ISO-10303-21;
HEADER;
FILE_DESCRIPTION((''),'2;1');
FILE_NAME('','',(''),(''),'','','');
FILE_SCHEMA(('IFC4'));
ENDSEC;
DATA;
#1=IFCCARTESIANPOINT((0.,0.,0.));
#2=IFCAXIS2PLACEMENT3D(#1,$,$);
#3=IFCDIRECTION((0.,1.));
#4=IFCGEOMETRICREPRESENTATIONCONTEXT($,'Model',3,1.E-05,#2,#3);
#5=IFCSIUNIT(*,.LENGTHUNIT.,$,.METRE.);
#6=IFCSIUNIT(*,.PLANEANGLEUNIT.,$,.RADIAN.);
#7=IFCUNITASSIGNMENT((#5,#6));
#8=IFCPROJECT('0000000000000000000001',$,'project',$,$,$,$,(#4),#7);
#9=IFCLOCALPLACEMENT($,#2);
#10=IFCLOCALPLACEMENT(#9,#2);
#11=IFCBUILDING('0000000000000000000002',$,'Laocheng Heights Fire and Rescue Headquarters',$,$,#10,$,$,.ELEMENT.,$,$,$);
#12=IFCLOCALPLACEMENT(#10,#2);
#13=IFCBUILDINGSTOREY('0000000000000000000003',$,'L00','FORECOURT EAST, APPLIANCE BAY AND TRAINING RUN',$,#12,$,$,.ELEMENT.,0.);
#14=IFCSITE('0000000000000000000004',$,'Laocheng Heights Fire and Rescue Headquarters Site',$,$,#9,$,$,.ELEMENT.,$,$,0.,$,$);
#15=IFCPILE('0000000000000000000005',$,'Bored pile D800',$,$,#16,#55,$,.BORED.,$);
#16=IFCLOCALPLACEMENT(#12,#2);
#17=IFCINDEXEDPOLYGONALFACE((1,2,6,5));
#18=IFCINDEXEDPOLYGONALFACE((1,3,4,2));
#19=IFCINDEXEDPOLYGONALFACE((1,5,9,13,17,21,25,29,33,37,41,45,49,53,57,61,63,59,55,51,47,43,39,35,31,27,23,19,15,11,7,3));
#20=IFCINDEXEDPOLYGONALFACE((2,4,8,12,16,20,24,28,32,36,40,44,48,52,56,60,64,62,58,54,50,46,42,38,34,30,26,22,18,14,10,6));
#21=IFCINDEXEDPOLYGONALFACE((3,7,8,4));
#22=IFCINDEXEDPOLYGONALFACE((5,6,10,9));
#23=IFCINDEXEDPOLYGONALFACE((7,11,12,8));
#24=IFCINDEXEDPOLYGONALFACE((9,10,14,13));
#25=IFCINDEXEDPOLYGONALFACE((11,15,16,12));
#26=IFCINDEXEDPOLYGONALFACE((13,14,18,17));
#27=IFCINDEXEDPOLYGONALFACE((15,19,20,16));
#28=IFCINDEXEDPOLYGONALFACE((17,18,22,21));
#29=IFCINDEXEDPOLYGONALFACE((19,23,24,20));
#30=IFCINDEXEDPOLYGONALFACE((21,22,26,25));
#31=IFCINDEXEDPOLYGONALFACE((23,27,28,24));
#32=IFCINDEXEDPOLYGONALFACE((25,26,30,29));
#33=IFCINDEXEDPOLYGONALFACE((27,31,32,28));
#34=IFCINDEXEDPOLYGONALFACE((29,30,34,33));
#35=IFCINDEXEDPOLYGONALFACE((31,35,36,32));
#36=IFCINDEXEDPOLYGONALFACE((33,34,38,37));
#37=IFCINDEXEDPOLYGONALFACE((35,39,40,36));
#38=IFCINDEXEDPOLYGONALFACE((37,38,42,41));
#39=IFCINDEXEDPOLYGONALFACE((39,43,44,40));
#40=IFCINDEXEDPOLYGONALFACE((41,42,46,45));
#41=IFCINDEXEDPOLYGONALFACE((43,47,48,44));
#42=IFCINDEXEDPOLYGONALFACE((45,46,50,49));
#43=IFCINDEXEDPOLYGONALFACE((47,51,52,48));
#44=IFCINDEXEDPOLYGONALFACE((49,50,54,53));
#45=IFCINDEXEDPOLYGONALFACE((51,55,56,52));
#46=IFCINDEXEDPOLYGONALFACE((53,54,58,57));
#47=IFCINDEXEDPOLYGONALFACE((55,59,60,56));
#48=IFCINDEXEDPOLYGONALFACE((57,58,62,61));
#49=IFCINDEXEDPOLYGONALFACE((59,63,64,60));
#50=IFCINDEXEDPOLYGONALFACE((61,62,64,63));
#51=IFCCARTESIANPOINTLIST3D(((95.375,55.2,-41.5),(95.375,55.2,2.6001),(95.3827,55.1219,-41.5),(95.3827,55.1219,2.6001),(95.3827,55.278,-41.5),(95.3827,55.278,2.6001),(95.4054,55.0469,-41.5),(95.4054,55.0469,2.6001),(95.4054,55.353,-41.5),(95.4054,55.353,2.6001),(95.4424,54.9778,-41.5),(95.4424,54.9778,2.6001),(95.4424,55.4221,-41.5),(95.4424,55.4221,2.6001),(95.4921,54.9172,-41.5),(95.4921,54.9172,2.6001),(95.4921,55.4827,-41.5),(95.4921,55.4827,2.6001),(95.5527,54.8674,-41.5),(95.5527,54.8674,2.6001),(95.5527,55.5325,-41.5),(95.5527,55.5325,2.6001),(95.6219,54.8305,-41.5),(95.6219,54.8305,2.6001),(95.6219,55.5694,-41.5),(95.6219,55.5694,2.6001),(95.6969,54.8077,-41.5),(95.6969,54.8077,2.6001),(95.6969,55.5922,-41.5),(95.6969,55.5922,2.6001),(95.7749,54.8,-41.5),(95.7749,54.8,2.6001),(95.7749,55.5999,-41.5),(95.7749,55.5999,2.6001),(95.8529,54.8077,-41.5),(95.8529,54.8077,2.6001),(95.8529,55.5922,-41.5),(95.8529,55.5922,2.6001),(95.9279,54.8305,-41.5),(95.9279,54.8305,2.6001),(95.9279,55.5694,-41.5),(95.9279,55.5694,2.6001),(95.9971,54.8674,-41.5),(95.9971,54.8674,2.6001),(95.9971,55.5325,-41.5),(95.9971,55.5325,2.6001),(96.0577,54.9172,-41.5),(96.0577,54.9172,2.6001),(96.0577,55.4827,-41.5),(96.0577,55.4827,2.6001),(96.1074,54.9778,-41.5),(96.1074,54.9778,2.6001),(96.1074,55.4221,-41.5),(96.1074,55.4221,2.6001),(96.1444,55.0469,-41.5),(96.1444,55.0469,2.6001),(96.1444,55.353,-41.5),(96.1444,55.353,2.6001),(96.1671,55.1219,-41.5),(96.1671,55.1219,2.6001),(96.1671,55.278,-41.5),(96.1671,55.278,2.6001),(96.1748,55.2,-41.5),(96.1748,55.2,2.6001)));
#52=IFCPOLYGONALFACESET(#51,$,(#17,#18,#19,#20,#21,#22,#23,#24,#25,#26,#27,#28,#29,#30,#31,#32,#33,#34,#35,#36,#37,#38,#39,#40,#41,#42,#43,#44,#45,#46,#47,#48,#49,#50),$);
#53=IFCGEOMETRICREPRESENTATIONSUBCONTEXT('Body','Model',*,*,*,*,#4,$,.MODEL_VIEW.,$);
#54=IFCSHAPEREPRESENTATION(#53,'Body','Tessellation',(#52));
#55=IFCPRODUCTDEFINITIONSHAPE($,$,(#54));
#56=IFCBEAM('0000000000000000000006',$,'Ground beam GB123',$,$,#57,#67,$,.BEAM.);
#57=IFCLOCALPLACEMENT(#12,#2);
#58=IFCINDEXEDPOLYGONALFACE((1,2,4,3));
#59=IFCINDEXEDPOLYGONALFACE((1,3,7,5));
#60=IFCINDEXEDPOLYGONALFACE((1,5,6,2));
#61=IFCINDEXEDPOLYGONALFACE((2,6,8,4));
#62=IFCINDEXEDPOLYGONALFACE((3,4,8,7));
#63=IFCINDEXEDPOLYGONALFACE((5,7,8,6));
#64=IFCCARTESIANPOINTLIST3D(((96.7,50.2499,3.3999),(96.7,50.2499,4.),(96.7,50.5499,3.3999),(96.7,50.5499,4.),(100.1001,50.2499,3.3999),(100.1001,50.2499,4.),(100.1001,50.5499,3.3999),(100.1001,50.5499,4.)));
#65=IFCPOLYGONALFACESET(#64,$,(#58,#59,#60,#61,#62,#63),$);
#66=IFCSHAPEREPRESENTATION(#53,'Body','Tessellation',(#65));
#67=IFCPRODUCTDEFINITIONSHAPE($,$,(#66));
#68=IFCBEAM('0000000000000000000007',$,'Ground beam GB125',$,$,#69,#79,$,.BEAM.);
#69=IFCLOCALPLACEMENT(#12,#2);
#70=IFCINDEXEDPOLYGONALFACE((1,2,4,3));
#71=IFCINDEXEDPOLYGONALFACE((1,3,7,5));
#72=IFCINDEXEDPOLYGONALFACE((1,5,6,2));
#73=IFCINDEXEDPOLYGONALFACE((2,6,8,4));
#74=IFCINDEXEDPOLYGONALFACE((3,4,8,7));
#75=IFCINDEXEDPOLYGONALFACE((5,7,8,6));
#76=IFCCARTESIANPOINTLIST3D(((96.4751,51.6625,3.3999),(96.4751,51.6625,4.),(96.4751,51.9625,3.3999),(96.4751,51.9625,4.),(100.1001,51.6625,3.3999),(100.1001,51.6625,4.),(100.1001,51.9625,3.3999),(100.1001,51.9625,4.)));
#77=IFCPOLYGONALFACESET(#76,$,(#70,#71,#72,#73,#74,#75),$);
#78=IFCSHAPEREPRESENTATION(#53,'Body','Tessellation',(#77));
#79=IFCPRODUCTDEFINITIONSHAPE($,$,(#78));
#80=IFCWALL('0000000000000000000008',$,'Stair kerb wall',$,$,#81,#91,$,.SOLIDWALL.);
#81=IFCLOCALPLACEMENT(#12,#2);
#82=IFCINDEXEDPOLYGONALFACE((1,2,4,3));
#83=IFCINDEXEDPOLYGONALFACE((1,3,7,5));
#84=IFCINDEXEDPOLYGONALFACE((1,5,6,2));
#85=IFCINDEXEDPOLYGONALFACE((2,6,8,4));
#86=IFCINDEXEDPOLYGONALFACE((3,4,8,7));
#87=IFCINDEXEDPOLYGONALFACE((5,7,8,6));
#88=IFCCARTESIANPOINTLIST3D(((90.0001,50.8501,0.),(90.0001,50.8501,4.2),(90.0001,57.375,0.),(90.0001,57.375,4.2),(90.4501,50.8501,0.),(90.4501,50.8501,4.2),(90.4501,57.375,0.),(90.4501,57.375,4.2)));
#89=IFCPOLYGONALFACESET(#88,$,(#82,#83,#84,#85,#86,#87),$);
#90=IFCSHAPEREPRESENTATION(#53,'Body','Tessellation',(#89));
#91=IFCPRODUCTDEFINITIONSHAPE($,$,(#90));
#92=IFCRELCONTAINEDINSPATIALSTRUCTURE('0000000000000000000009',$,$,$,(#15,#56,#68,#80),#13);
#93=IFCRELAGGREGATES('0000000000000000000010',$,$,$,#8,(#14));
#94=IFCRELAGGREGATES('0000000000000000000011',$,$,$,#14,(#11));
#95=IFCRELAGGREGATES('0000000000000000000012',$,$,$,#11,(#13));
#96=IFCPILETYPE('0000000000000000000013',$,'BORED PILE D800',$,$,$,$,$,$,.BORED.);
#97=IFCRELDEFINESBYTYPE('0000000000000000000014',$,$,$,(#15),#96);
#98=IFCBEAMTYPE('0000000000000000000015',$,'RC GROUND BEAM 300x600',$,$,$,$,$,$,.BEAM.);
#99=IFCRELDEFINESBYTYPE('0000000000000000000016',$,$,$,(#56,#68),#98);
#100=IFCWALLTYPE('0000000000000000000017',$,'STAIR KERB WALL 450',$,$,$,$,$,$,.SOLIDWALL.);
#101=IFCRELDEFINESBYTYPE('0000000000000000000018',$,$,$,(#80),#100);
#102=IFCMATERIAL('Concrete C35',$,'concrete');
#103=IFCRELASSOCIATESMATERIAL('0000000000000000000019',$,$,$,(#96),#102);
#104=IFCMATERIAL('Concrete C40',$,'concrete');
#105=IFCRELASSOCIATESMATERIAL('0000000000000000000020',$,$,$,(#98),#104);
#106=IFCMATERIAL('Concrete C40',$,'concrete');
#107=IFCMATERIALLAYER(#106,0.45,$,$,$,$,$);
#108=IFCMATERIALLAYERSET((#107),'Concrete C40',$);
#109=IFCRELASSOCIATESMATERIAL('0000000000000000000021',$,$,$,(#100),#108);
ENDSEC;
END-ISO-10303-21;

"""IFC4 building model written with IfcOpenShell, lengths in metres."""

from ifc_helpers import new_model, si_unit, direction, frame, frame_2d, origin, origin_2d, place, context, subcontext, project, spatial, rectangle, circle, extrude, material, layer, layer_set, material_profile, profile_set, type_object, element, save


model = new_model("IFC4")

# Units and contexts
model_context = context("Model", 3, precision=1e-05, world=origin(), true_north=direction((0.0, 1.0)))
body_context = subcontext(model_context, "Body", "Model", "MODEL_VIEW")
ifc_project = project(units=[si_unit("LENGTHUNIT", "METRE"), si_unit("PLANEANGLEUNIT", "RADIAN")], contexts=[model_context])

# Site, building, storey
site_placement = place(None, origin())
site = spatial("IfcSite", under=ifc_project, at=site_placement, Name="Laocheng Heights Fire and Rescue Headquarters Site", CompositionType="ELEMENT", RefElevation=0.0)
building_placement = place(site_placement, origin())
building = spatial("IfcBuilding", under=site, at=building_placement, Name="Laocheng Heights Fire and Rescue Headquarters", CompositionType="ELEMENT")
storey_placement = place(building_placement, origin())
storey = spatial("IfcBuildingStorey", under=building, at=storey_placement, Name="L00", Description="FORECOURT EAST, APPLIANCE BAY AND TRAINING RUN", CompositionType="ELEMENT", Elevation=0.0)

# Pile
ifc_material_1 = material(Name="Concrete C35", Category="concrete")
ifc_material_profile_1 = material_profile(ifc_material_1, circle(Radius=0.3999, at=origin_2d()), Name="BORED PILE D800")
ifc_profile_set_1 = profile_set([ifc_material_profile_1], Name="Concrete C35")
pile_type_1 = type_object("IfcPileType", Name="BORED PILE D800", PredefinedType="BORED", material=ifc_profile_set_1)
for number, where, z_axis, x_axis, name in (
    (1, (95.7749, 55.2, 2.6001), (0.0, 0.0, -1.0), (1.0, 0.0, 0.0), "Bored pile D800"),
):
    element("IfcPile", number, at=place(storey_placement, frame(where, z_axis=z_axis, x_axis=x_axis)), inside=storey, type_object=pile_type_1, Name=name, PredefinedType="BORED", context=body_context, shape_type="SweptSolid", body=[
        extrude(circle(Radius=0.3999, at=origin_2d()), origin(), (0.0, 0.0, 1.0), 44.1001),
    ])

# Beams
ifc_material_2 = material(Name="Concrete C40", Category="concrete")
ifc_material_profile_2 = material_profile(ifc_material_2, rectangle(XDim=0.3, YDim=0.6001, at=origin_2d()), Name="RC GROUND BEAM 300x600")
ifc_profile_set_2 = profile_set([ifc_material_profile_2], Name="Concrete C40")
beam_type = type_object("IfcBeamType", Name="RC GROUND BEAM 300x600", PredefinedType="BEAM", material=ifc_profile_set_2)
beam_1_placement = place(storey_placement, frame((96.7, 50.3999, 3.7), z_axis=(1.0, 0.0, 0.0), x_axis=(0.0, 1.0, 0.0)))
element("IfcBeam", 2, at=beam_1_placement, inside=storey, type_object=beam_type, Name="Ground beam GB123", PredefinedType="BEAM", context=body_context, shape_type="SweptSolid", body=[
    extrude(rectangle(XDim=0.3, YDim=0.6001, at=origin_2d()), origin(), (0.0, 0.0, 1.0), 3.4001),
])
beam_2_placement = place(storey_placement, frame((96.4751, 51.8125, 3.7), z_axis=(1.0, 0.0, 0.0), x_axis=(0.0, 1.0, 0.0)))
element("IfcBeam", 3, at=beam_2_placement, inside=storey, type_object=beam_type, Name="Ground beam GB125", PredefinedType="BEAM", context=body_context, shape_type="SweptSolid", body=[
    extrude(rectangle(XDim=0.3, YDim=0.6001, at=origin_2d()), origin(), (0.0, 0.0, 1.0), 3.625),
])

# Wall
ifc_material_3 = material(Name="Concrete C40", Category="concrete")
ifc_layer = layer(ifc_material_3, 0.45)
ifc_layer_set = layer_set([ifc_layer], Name="Concrete C40")
wall_type = type_object("IfcWallType", Name="STAIR KERB WALL 450", PredefinedType="SOLIDWALL", material=ifc_layer_set)
wall_placement = place(storey_placement, frame((90.2251, 50.8501, 0.0), z_axis=(0.0, 0.0, 1.0), x_axis=(0.0, 1.0, 0.0)))
element("IfcWall", 4, at=wall_placement, inside=storey, type_object=wall_type, Name="Stair kerb wall", PredefinedType="SOLIDWALL", context=body_context, shape_type="SweptSolid", body=[
    extrude(rectangle(XDim=6.5249, YDim=0.45, at=frame_2d((3.2625, 0.0))), origin(), (0.0, 0.0, 1.0), 4.2),
])

save(model, "model.ifc")
